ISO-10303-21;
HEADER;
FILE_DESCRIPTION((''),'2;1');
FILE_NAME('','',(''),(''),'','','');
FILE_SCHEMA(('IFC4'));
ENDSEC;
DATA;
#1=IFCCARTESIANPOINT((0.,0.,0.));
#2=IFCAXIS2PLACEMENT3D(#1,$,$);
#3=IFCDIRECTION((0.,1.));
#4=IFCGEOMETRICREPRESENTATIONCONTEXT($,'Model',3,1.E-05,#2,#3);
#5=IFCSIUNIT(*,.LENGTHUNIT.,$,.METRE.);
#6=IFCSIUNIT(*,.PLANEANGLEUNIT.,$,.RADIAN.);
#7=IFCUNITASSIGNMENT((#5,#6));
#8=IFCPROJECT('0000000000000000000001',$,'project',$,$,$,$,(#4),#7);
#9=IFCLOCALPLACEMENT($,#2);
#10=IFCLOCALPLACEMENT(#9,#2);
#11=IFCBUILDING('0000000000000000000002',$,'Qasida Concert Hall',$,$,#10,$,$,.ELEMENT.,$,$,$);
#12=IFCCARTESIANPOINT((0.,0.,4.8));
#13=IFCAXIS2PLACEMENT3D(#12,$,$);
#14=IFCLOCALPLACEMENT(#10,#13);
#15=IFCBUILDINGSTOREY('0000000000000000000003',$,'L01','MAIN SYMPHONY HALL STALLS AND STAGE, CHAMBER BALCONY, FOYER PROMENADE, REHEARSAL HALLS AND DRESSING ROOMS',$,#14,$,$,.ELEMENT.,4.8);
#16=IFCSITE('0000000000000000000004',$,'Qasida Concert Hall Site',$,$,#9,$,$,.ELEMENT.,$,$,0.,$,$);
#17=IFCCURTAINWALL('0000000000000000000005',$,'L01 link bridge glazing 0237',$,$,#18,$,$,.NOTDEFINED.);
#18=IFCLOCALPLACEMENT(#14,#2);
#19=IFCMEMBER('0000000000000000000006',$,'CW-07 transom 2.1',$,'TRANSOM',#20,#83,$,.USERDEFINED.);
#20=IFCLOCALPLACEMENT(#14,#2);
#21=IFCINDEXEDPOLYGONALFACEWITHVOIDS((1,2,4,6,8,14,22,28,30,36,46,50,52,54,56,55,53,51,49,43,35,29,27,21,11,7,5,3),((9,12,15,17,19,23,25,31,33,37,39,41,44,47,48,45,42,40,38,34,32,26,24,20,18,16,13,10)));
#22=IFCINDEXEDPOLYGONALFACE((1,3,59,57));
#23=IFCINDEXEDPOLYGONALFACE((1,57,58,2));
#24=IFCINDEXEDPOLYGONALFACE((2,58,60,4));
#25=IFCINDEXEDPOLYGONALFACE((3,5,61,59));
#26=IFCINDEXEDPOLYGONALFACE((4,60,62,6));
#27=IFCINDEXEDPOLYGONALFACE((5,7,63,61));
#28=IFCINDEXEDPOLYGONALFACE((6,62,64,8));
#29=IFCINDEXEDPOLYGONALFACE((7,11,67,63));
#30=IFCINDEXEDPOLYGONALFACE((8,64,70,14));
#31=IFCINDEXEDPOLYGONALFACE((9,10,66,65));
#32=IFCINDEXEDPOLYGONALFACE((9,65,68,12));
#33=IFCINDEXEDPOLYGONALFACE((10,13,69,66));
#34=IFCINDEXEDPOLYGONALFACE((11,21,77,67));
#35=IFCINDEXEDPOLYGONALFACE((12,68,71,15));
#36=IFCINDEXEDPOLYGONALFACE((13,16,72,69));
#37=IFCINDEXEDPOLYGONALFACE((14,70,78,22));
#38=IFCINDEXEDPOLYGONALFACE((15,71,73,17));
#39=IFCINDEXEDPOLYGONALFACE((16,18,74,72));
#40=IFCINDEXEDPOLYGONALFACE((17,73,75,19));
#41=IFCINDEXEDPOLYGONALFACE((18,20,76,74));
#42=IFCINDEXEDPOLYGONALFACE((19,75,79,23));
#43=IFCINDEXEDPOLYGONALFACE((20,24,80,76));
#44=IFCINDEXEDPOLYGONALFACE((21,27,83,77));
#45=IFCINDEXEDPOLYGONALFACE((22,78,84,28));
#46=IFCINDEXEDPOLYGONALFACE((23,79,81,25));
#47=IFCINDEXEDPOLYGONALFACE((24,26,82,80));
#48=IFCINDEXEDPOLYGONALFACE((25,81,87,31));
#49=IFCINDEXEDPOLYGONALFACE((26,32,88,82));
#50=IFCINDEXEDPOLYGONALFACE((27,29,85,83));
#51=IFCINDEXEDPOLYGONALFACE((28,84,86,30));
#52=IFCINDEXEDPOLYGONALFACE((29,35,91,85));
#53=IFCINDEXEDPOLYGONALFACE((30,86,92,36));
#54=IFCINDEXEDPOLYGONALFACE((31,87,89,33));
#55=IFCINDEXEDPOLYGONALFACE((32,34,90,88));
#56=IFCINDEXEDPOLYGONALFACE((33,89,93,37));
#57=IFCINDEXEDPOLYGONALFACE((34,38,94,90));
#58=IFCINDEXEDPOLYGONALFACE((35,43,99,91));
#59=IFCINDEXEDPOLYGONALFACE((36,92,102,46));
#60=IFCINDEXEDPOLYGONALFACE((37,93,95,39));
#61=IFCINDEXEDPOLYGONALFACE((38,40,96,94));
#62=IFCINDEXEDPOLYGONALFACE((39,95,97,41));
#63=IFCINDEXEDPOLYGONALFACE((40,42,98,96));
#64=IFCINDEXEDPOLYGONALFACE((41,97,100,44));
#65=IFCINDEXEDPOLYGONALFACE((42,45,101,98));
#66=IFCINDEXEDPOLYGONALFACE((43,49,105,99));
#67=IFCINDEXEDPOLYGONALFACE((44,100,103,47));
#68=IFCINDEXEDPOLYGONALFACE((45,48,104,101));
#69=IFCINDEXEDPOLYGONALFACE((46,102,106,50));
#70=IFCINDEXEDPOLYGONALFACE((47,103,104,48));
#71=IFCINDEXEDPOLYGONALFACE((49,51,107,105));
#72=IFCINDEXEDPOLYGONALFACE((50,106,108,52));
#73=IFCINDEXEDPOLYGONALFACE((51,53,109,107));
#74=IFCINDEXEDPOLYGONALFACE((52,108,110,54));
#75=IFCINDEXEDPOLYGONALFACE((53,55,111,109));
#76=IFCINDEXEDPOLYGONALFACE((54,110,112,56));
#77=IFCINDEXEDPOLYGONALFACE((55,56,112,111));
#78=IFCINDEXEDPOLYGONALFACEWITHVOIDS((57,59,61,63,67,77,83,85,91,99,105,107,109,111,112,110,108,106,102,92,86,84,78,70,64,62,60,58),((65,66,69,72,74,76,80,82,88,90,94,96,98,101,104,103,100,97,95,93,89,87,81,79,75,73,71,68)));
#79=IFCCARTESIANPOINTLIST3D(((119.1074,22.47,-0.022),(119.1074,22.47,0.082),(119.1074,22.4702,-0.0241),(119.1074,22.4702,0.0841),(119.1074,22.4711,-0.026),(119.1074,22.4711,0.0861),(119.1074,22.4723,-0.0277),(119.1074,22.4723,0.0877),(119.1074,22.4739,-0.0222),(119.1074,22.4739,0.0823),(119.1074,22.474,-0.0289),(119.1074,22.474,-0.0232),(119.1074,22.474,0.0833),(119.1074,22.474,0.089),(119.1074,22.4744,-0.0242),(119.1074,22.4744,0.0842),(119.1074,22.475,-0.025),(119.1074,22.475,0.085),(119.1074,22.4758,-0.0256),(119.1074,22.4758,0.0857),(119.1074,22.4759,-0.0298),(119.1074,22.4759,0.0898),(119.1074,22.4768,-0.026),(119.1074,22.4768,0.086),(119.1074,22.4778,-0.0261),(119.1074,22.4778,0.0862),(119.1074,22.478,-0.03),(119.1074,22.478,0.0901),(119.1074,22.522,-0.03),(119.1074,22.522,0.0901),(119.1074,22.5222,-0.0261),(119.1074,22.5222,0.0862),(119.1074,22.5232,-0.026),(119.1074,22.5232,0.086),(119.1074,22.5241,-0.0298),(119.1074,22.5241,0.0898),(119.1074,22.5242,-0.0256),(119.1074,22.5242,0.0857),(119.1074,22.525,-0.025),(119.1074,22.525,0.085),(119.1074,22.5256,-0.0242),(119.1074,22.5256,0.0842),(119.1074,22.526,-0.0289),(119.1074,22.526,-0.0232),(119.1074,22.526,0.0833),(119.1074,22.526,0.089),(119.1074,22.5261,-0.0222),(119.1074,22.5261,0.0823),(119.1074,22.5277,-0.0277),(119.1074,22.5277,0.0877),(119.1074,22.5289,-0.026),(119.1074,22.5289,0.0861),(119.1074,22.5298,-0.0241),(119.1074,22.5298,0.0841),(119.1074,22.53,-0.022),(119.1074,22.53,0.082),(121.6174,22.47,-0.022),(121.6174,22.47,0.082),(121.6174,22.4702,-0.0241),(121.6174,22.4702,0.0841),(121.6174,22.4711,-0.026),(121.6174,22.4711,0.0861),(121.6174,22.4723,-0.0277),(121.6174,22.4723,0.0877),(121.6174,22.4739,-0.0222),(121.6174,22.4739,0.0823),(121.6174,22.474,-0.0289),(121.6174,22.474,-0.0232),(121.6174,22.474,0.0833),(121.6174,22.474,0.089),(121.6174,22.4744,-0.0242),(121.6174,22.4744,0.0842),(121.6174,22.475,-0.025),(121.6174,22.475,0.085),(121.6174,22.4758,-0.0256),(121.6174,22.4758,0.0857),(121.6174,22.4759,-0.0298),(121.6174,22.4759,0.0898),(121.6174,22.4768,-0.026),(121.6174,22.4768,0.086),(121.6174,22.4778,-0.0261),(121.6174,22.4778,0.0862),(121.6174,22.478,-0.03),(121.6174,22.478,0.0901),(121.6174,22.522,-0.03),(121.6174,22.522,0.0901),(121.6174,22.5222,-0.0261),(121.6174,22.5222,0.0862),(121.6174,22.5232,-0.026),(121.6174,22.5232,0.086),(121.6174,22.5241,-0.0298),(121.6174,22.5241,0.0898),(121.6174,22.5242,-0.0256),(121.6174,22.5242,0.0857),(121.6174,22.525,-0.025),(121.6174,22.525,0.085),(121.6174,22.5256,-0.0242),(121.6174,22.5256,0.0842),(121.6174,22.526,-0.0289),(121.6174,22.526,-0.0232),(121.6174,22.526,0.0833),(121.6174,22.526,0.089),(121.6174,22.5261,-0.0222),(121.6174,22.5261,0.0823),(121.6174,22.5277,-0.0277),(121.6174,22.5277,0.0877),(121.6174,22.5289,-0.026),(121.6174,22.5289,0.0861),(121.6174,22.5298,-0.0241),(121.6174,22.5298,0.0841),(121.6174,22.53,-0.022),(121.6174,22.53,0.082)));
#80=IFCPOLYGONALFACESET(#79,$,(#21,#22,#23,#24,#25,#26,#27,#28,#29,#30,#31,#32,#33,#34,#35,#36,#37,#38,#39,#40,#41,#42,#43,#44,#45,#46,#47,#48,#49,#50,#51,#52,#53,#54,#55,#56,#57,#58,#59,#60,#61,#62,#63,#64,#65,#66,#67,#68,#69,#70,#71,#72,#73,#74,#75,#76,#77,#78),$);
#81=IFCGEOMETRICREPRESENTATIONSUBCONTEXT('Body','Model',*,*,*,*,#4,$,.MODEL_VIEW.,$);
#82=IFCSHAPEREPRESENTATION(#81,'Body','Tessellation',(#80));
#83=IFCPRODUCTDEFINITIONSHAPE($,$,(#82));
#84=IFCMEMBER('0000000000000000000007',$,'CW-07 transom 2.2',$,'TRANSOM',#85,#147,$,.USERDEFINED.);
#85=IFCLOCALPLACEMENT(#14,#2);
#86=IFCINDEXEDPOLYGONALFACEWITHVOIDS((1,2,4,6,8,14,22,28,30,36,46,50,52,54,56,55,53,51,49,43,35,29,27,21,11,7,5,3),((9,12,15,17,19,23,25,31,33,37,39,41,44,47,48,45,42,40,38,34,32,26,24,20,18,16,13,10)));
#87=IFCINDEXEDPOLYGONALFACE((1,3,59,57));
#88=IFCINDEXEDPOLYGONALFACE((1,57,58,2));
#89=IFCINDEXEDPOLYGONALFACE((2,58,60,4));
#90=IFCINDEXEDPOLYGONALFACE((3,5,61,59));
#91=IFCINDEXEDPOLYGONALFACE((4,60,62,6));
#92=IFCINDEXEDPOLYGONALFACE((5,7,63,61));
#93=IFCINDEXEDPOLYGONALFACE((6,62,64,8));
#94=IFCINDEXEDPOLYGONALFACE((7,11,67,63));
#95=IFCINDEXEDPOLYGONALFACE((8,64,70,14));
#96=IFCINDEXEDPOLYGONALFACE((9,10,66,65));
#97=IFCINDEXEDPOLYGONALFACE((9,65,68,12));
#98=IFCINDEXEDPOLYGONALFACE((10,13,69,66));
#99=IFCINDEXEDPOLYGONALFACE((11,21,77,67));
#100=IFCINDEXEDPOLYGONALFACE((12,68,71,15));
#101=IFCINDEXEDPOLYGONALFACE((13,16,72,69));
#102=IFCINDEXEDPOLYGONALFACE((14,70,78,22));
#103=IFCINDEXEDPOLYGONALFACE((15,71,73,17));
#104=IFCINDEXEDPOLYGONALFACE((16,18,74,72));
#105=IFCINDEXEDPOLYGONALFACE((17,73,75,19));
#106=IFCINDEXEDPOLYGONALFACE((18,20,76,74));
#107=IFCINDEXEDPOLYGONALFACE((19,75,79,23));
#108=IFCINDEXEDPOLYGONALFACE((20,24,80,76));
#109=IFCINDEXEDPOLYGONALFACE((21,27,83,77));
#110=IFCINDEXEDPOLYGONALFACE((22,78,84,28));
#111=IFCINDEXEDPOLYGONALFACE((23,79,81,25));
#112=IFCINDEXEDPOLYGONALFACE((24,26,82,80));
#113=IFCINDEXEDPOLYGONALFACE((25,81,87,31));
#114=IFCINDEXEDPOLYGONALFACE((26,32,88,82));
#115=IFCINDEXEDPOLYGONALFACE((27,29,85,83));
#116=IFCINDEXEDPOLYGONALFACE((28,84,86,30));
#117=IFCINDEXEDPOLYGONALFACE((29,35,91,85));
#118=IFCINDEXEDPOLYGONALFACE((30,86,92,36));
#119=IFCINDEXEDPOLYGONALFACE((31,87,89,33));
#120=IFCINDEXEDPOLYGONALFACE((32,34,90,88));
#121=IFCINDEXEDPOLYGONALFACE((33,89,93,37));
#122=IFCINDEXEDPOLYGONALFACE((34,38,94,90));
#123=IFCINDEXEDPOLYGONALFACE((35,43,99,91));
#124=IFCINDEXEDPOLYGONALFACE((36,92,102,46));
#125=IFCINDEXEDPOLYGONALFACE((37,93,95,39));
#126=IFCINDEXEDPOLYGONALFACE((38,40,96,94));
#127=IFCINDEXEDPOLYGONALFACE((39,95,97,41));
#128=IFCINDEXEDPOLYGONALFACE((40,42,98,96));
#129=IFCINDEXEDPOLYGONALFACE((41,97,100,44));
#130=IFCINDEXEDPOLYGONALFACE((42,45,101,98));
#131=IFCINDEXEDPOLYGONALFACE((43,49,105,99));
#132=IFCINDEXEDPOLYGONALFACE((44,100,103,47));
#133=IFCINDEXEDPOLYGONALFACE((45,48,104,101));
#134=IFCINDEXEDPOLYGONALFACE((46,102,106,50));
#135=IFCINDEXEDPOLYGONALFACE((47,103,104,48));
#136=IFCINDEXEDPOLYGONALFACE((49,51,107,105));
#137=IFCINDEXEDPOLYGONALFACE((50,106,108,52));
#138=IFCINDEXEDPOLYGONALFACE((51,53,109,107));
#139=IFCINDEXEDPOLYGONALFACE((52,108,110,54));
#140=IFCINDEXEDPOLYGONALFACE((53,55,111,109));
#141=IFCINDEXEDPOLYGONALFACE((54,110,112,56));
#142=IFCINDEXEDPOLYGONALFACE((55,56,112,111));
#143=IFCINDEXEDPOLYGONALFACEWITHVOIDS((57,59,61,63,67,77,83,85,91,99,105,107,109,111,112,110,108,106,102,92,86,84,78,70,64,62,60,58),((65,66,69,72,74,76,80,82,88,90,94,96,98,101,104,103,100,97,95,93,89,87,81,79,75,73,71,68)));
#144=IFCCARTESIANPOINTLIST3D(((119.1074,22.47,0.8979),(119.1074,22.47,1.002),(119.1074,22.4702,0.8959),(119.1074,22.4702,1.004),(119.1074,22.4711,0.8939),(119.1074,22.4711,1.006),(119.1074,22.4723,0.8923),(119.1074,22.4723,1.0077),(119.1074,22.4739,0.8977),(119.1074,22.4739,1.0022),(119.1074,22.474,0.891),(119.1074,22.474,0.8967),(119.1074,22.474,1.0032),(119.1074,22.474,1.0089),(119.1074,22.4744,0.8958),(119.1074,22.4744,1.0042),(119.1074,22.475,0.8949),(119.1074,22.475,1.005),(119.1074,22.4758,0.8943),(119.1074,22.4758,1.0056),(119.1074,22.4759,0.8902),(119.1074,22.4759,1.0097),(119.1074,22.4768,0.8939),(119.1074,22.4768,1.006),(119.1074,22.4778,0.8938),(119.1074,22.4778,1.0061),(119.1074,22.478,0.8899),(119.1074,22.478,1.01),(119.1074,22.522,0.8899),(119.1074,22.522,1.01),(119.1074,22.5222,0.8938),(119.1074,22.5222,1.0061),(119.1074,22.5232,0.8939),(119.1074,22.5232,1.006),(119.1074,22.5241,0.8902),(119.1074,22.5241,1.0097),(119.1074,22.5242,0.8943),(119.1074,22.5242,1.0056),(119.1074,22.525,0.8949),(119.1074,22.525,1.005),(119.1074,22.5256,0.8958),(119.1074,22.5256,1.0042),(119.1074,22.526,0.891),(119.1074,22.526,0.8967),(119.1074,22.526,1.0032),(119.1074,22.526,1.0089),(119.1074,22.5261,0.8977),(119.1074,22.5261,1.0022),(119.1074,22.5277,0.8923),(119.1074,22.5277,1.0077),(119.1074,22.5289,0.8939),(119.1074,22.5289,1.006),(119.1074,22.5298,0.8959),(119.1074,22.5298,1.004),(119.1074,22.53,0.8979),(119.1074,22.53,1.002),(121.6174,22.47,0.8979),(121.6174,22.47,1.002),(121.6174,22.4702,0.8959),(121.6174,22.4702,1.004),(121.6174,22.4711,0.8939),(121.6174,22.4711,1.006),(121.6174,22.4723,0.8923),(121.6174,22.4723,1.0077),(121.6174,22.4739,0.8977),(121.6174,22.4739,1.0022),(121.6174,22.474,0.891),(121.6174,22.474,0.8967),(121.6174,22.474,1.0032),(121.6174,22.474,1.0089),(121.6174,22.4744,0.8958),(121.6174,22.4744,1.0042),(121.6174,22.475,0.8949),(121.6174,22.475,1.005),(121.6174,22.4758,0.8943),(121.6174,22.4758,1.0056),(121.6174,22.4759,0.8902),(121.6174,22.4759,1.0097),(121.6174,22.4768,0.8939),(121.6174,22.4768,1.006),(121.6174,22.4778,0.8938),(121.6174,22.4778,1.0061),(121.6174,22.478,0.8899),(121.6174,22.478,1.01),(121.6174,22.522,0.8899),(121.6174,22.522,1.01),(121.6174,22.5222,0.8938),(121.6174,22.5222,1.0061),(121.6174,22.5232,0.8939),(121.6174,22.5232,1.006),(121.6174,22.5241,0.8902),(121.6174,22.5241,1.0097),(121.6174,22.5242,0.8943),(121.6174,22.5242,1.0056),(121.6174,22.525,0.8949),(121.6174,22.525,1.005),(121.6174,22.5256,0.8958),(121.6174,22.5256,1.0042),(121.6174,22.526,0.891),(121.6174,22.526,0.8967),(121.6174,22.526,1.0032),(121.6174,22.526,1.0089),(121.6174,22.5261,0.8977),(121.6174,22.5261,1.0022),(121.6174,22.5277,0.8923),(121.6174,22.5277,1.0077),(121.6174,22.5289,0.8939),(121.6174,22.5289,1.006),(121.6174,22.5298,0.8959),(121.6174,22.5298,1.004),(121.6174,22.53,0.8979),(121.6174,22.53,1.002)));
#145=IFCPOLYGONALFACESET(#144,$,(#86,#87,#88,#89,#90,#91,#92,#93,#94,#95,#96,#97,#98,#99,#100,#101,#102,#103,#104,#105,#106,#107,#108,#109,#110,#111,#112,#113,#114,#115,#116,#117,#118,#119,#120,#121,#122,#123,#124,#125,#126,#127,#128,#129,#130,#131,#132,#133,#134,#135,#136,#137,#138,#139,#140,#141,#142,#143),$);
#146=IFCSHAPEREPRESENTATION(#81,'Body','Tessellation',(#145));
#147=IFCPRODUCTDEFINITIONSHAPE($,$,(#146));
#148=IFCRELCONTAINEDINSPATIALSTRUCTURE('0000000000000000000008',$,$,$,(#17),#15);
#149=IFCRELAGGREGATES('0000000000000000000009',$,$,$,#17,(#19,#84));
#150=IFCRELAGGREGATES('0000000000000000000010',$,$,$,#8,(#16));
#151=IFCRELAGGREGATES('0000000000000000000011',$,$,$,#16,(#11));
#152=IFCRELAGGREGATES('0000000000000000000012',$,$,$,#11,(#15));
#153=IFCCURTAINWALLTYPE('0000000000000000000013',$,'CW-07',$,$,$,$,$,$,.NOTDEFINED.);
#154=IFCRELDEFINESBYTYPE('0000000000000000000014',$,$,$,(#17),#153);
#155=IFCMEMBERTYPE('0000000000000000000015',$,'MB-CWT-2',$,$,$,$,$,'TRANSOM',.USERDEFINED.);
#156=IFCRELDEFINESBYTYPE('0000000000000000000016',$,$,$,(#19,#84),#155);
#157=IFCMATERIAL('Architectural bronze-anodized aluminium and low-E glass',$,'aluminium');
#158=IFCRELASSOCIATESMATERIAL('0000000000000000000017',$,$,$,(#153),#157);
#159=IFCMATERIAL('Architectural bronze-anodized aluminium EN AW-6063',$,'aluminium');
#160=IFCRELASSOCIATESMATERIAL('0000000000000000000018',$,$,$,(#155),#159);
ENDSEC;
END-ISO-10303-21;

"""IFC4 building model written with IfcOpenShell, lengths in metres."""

from ifc_helpers import new_model, si_unit, direction, frame, origin, origin_2d, place, context, subcontext, project, spatial, hollow_rectangle, extrude, material, material_profile, profile_set, type_object, element, aggregate, save


model = new_model("IFC4")

# Units and contexts
model_context = context("Model", 3, precision=1e-05, world=origin(), true_north=direction((0.0, 1.0)))
body_context = subcontext(model_context, "Body", "Model", "MODEL_VIEW")
ifc_project = project(units=[si_unit("LENGTHUNIT", "METRE"), si_unit("PLANEANGLEUNIT", "RADIAN")], contexts=[model_context])

# Site, building, storey
site_placement = place(None, origin())
site = spatial("IfcSite", under=ifc_project, at=site_placement, Name="Qasida Concert Hall Site", CompositionType="ELEMENT", RefElevation=0.0)
building_placement = place(site_placement, origin())
building = spatial("IfcBuilding", under=site, at=building_placement, Name="Qasida Concert Hall", CompositionType="ELEMENT")
storey_placement = place(building_placement, frame((0.0, 0.0, 4.8)))
storey = spatial("IfcBuildingStorey", under=building, at=storey_placement, Name="L01", Description="MAIN SYMPHONY HALL STALLS AND STAGE, CHAMBER BALCONY, FOYER PROMENADE, REHEARSAL HALLS AND DRESSING ROOMS", CompositionType="ELEMENT", Elevation=4.8)

# Curtain wall
ifc_material_1 = material(Name="Architectural bronze-anodized aluminium and low-E glass", Category="aluminium")
curtain_wall_type = type_object("IfcCurtainWallType", Name="CW-07", PredefinedType="NOTDEFINED", material=ifc_material_1)
ifc_material_2 = material(Name="Architectural bronze-anodized aluminium EN AW-6063", Category="aluminium")
curtain_wall_1_placement = place(storey_placement, origin())
curtain_wall_1 = element("IfcCurtainWall", 1, at=curtain_wall_1_placement, inside=storey, type_object=curtain_wall_type, Name="L01 link bridge glazing 0237", PredefinedType="NOTDEFINED")

# Members
ifc_material_profile_1 = material_profile(ifc_material_2, hollow_rectangle(XDim=0.0601, YDim=0.1201, WallThickness=0.0039, InnerFilletRadius=0.0039, OuterFilletRadius=0.0081, at=origin_2d()), Name="CWT 120x60x4")
ifc_profile_set_1 = profile_set([ifc_material_profile_1], Name="Architectural bronze-anodized aluminium EN AW-6063")
member_type_1 = type_object("IfcMemberType", Name="MB-CWT-2", ElementType="TRANSOM", PredefinedType="USERDEFINED", material=ifc_profile_set_1)
member_1_placement = place(storey_placement, frame((119.1074, 22.5, 0.03), z_axis=(1.0, 0.0, 0.0), x_axis=(0.0, 1.0, 0.0)))
member_1 = element("IfcMember", 2, at=member_1_placement, type_object=member_type_1, Name="CW-07 transom 2.1", ObjectType="TRANSOM", PredefinedType="USERDEFINED", context=body_context, shape_type="SweptSolid", body=[
    extrude(hollow_rectangle(XDim=0.0601, YDim=0.1201, WallThickness=0.0039, InnerFilletRadius=0.0039, OuterFilletRadius=0.0081, at=origin_2d()), origin(), (0.0, 0.0, 1.0), 2.51),
])
member_2_placement = place(storey_placement, frame((119.1074, 22.5, 0.95), z_axis=(1.0, 0.0, 0.0), x_axis=(0.0, 1.0, 0.0)))
member_2 = element("IfcMember", 3, at=member_2_placement, type_object=member_type_1, Name="CW-07 transom 2.2", ObjectType="TRANSOM", PredefinedType="USERDEFINED", context=body_context, shape_type="SweptSolid", body=[
    extrude(hollow_rectangle(XDim=0.0601, YDim=0.1201, WallThickness=0.0039, InnerFilletRadius=0.0039, OuterFilletRadius=0.0081, at=origin_2d()), origin(), (0.0, 0.0, 1.0), 2.51),
])

aggregate(curtain_wall_1, [member_1, member_2])

save(model, "model.ifc")
